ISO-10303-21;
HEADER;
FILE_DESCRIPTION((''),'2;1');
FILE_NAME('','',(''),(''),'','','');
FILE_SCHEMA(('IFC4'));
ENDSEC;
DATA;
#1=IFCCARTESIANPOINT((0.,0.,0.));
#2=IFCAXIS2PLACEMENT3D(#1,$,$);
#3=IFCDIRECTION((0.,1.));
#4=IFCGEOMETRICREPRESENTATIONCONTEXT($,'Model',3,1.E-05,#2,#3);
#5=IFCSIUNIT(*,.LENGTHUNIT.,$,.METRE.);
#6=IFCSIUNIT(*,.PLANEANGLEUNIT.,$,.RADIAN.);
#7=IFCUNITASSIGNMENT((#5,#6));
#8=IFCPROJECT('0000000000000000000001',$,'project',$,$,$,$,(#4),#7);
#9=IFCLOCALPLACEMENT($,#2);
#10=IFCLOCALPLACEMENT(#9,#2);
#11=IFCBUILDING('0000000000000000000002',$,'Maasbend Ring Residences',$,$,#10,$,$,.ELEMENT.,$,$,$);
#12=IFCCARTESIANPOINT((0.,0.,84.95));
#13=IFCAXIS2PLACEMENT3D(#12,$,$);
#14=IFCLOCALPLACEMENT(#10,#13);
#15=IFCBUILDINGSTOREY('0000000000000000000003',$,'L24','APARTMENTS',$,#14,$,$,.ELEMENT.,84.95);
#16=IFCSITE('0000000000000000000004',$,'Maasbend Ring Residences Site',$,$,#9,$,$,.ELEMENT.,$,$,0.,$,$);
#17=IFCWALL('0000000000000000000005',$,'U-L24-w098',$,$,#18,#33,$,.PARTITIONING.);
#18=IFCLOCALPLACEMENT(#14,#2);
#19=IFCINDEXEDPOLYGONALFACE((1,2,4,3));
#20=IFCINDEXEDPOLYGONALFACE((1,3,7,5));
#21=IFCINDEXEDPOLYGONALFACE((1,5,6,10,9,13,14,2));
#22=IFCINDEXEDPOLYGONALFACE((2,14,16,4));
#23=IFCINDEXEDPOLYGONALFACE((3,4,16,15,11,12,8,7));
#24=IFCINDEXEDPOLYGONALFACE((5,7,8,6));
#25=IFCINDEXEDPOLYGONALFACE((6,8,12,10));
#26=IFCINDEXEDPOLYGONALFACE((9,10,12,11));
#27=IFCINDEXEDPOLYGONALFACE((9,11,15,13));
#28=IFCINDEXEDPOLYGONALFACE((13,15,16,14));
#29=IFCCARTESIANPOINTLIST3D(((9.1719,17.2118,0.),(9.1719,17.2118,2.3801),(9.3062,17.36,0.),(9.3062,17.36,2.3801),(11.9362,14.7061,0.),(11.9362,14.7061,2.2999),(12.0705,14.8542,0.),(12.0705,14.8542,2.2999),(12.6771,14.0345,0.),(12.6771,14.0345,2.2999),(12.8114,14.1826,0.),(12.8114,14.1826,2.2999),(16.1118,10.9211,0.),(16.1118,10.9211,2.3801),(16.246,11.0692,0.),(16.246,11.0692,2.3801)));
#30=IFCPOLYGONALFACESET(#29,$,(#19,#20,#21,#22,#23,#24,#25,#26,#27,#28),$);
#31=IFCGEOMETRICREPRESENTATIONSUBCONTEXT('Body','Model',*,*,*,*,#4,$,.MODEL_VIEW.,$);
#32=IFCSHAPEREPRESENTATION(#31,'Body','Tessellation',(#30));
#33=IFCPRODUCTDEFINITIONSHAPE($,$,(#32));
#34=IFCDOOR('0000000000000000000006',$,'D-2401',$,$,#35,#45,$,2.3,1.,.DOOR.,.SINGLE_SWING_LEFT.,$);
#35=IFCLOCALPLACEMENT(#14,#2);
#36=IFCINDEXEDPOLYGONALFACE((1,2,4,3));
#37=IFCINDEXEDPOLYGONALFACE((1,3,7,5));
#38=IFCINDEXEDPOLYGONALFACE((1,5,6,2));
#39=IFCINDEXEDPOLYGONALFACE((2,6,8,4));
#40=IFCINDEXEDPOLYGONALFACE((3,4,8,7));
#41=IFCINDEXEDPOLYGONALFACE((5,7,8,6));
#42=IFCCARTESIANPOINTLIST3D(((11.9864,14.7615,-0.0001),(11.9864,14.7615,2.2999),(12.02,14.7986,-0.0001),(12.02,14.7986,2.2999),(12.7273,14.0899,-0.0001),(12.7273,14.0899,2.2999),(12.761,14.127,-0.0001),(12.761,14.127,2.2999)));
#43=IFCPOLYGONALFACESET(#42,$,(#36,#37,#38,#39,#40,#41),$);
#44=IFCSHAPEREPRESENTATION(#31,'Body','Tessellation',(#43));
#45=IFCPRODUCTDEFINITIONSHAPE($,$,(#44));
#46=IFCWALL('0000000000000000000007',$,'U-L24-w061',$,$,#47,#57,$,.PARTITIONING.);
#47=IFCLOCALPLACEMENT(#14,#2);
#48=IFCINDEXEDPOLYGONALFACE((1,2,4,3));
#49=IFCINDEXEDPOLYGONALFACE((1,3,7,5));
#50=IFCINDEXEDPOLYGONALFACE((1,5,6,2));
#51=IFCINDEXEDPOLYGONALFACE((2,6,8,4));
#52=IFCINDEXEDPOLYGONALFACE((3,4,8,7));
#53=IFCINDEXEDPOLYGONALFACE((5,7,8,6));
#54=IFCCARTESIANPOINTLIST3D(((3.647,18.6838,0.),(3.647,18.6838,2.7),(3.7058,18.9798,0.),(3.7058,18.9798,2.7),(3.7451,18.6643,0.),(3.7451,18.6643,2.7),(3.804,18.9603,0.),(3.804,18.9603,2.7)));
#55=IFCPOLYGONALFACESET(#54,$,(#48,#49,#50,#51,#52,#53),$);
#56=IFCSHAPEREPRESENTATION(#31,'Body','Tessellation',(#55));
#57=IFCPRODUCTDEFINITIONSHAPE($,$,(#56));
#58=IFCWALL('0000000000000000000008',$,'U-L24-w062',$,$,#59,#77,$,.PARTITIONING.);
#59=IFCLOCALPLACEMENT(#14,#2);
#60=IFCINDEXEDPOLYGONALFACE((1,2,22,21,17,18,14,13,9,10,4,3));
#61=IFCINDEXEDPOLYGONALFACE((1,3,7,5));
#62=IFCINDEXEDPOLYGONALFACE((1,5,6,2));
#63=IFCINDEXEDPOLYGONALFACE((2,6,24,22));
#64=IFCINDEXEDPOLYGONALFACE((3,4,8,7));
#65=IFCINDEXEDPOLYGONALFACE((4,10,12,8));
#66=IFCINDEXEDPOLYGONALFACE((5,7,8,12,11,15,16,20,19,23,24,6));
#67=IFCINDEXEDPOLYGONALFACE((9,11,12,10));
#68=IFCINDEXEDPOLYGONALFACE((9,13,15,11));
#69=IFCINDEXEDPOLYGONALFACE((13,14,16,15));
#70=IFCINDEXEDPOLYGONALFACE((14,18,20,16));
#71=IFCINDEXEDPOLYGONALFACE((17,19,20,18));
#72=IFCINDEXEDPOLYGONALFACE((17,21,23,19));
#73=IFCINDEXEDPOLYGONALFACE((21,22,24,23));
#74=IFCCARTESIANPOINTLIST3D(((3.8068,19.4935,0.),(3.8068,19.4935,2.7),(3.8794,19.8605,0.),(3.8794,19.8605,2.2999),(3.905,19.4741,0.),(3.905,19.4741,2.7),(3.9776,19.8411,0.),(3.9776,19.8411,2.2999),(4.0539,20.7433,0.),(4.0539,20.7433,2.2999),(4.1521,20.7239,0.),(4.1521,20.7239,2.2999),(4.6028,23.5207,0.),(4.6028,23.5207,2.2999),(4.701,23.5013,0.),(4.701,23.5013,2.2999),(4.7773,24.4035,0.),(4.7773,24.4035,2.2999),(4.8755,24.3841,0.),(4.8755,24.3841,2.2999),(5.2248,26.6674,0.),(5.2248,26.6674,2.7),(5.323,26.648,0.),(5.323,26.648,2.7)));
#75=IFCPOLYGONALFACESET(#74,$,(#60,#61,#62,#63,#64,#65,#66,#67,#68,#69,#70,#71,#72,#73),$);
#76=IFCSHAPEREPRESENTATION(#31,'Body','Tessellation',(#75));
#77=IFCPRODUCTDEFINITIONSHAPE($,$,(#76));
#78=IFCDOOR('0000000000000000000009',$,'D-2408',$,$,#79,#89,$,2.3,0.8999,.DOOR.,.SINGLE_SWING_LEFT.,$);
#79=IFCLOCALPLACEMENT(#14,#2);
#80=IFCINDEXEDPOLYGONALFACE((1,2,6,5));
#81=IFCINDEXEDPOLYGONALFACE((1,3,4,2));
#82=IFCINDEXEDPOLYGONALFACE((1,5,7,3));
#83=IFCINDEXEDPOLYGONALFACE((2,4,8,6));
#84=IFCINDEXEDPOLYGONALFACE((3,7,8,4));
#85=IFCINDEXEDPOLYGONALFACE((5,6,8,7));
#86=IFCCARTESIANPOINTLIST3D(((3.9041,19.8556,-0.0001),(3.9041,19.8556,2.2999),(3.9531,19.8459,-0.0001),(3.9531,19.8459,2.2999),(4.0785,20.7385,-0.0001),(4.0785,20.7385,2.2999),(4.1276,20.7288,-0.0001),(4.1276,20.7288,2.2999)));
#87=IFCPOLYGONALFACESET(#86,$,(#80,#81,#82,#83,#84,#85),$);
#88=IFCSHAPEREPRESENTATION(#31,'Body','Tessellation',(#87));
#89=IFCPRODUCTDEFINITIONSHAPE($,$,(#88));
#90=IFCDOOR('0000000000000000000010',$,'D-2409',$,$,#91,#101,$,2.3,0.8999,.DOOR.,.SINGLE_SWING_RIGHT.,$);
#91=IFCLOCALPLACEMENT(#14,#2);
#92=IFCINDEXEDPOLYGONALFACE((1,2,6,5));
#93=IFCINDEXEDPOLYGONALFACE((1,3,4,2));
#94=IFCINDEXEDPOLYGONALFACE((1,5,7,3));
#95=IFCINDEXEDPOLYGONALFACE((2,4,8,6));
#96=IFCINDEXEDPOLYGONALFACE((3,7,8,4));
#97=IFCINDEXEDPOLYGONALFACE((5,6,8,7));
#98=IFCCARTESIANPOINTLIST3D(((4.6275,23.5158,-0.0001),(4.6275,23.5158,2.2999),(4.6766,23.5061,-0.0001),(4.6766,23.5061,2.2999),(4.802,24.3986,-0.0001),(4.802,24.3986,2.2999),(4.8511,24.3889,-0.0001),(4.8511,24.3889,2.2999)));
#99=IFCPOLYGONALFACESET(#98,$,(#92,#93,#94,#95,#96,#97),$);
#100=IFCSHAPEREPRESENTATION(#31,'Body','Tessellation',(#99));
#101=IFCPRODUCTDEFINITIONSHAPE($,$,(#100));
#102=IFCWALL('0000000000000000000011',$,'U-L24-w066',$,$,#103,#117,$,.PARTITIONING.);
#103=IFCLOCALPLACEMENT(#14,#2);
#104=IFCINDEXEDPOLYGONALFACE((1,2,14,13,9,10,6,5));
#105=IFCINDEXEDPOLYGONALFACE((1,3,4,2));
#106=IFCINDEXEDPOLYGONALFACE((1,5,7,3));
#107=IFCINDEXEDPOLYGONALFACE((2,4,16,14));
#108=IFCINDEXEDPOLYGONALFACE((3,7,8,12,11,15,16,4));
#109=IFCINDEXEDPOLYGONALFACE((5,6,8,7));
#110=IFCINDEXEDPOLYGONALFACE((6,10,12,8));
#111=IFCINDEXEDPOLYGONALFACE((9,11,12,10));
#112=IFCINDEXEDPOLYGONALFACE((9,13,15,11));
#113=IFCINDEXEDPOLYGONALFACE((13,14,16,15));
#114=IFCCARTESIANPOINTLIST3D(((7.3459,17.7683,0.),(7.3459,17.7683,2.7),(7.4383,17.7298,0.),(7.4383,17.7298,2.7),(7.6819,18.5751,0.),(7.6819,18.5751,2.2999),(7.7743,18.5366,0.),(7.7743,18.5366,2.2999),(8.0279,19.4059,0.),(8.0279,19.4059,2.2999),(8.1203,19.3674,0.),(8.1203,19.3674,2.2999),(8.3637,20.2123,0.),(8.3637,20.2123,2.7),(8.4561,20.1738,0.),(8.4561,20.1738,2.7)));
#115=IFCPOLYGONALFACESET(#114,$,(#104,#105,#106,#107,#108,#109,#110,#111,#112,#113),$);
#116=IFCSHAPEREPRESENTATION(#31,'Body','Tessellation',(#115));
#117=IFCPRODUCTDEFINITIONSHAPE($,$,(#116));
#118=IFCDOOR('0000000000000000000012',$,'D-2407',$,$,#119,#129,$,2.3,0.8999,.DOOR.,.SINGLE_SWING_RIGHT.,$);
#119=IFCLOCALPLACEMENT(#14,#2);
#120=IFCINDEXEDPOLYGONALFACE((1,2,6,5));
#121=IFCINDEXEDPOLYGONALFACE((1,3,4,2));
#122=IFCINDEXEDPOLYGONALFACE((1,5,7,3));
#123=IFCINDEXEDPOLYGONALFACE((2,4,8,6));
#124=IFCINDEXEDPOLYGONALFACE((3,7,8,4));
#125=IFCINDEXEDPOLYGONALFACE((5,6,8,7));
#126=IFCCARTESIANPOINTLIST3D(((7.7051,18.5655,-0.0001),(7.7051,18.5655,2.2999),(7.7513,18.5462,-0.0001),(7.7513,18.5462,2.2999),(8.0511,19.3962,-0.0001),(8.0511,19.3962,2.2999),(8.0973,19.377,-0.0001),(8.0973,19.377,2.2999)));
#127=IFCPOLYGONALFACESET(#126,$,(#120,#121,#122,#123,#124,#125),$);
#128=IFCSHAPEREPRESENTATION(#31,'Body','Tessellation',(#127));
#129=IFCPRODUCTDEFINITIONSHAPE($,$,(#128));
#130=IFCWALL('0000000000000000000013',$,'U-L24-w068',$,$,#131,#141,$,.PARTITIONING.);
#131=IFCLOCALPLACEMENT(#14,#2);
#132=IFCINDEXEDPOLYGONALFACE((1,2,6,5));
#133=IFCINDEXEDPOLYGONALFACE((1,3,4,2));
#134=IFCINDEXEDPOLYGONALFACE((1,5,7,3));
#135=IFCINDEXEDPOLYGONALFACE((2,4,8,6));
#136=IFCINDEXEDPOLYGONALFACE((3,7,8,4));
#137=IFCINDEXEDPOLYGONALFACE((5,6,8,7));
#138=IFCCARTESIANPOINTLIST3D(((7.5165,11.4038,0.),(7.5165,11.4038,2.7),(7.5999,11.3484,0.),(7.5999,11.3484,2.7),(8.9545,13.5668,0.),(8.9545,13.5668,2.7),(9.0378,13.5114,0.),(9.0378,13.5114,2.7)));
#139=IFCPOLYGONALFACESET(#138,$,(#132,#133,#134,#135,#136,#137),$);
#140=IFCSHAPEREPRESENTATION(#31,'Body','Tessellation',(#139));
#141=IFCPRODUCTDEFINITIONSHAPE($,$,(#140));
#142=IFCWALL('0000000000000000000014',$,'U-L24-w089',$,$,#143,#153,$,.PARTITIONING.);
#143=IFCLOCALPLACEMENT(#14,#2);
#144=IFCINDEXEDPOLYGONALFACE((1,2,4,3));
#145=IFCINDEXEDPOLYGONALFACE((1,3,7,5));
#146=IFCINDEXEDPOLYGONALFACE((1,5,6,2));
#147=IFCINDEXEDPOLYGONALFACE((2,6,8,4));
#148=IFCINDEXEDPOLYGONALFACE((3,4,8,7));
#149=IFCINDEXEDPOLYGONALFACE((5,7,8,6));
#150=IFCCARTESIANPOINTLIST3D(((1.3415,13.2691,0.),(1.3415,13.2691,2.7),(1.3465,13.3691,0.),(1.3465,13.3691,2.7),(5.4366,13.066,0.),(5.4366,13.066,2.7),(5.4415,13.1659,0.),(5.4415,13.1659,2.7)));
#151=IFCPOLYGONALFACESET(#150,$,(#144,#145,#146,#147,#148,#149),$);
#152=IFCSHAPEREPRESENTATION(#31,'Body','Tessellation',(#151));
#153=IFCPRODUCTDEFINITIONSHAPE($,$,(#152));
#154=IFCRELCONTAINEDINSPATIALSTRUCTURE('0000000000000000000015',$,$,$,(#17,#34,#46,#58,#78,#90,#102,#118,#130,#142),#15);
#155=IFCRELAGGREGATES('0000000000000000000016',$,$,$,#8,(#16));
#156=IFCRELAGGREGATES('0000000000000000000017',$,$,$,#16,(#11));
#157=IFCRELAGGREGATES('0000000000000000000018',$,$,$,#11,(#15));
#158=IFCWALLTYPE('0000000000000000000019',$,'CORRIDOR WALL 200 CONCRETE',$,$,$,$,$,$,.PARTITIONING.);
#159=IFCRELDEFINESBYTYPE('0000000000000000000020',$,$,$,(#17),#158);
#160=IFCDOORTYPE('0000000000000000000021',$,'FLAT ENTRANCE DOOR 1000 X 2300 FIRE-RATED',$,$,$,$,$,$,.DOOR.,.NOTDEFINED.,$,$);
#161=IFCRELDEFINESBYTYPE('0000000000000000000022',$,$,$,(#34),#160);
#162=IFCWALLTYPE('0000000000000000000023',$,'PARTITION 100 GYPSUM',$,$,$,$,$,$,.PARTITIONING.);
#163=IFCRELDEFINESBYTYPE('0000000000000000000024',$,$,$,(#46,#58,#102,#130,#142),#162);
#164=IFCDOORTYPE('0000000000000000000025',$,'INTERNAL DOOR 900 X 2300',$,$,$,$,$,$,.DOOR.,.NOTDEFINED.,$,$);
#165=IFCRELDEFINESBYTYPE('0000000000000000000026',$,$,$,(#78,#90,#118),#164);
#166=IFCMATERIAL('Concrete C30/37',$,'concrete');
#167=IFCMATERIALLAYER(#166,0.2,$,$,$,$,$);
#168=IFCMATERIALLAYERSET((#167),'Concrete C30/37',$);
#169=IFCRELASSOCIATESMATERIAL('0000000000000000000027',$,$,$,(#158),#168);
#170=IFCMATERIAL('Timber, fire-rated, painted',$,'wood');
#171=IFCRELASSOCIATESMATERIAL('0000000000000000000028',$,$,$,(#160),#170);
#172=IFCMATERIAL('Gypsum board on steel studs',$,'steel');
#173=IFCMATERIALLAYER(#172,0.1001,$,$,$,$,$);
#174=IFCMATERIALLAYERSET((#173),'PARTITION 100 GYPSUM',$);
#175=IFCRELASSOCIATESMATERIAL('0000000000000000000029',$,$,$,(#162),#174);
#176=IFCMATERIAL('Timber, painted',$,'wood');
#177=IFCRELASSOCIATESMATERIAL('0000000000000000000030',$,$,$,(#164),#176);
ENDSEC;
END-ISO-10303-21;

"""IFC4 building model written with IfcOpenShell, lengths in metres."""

from ifc_helpers import new_model, si_unit, direction, frame, frame_2d, origin, place, context, subcontext, project, spatial, rectangle, extrude, material, layer, layer_set, type_object, element, fill, save


model = new_model("IFC4")

# Units and contexts
model_context = context("Model", 3, precision=1e-05, world=origin(), true_north=direction((0.0, 1.0)))
body_context = subcontext(model_context, "Body", "Model", "MODEL_VIEW")
ifc_project = project(units=[si_unit("LENGTHUNIT", "METRE"), si_unit("PLANEANGLEUNIT", "RADIAN")], contexts=[model_context])

# Site, building, storey
site_placement = place(None, origin())
site = spatial("IfcSite", under=ifc_project, at=site_placement, Name="Maasbend Ring Residences Site", CompositionType="ELEMENT", RefElevation=0.0)
building_placement = place(site_placement, origin())
building = spatial("IfcBuilding", under=site, at=building_placement, Name="Maasbend Ring Residences", CompositionType="ELEMENT")
storey_placement = place(building_placement, frame((0.0, 0.0, 84.95)))
storey = spatial("IfcBuildingStorey", under=building, at=storey_placement, Name="L24", Description="APARTMENTS", CompositionType="ELEMENT", Elevation=84.95)

# Wall, opening, door
ifc_material_1 = material(Name="Concrete C30/37", Category="concrete")
ifc_layer_1 = layer(ifc_material_1, 0.2)
ifc_layer_set_1 = layer_set([ifc_layer_1], Name="Concrete C30/37")
wall_type_1 = type_object("IfcWallType", Name="CORRIDOR WALL 200 CONCRETE", PredefinedType="PARTITIONING", material=ifc_layer_set_1)
ifc_material_2 = material(Name="Timber, fire-rated, painted", Category="wood")
door_type_1 = type_object("IfcDoorType", Name="FLAT ENTRANCE DOOR 1000 X 2300 FIRE-RATED", OperationType="NOTDEFINED", PredefinedType="DOOR", material=ifc_material_2)
wall_1_placement = place(storey_placement, frame((9.239, 17.2859, 0.0), z_axis=(0.0, 0.0, 1.0), x_axis=(0.74091, -0.671604, 0.0)))
wall_1 = element("IfcWall", 1, at=wall_1_placement, inside=storey, type_object=wall_type_1, Name="U-L24-w098", PredefinedType="PARTITIONING", context=body_context, shape_type="SweptSolid", body=[
    extrude(rectangle(XDim=9.3667, YDim=0.2, at=frame_2d((4.6833, 0.0))), origin(), (0.0, 0.0, 1.0), 2.3801),
])
opening_1_placement = place(wall_1_placement, frame((3.731, 0.0, 0.0)))
opening_1 = element("IfcOpeningElement", 2, at=opening_1_placement, cuts=wall_1, PredefinedType="OPENING", context=body_context, shape_type="SweptSolid", body=[
    extrude(rectangle(XDim=1.0, YDim=2.3, at=frame_2d((0.5, 1.1499))), frame((0.0, 0.1099, 0.0), z_axis=(0.0, -1.0, 0.0), x_axis=(1.0, 0.0, 0.0)), (0.0, 0.0, 1.0), 0.22),
])
door_1_placement = place(opening_1_placement, origin())
door_1 = element("IfcDoor", 3, at=door_1_placement, inside=storey, type_object=door_type_1, Name="D-2401", OperationType="SINGLE_SWING_LEFT", OverallHeight=2.3, OverallWidth=1.0, PredefinedType="DOOR", context=body_context, shape_type="SweptSolid", body=[
    extrude(rectangle(XDim=1.0, YDim=2.3, at=frame_2d((0.5, 1.1499))), frame((0.0, 0.0249, 0.0), z_axis=(0.0, -1.0, 0.0), x_axis=(1.0, 0.0, 0.0)), (0.0, 0.0, 1.0), 0.05),
])
fill(opening_1, door_1)

# Wall
ifc_material_3 = material(Name="Gypsum board on steel studs", Category="steel")
ifc_layer_2 = layer(ifc_material_3, 0.1001)
ifc_layer_set_2 = layer_set([ifc_layer_2], Name="PARTITION 100 GYPSUM")
wall_type_2 = type_object("IfcWallType", Name="PARTITION 100 GYPSUM", PredefinedType="PARTITIONING", material=ifc_layer_set_2)
wall_2_placement = place(storey_placement, frame((3.696, 18.6741, 0.0), z_axis=(0.0, 0.0, 1.0), x_axis=(0.195027, 0.980798, 0.0)))
element("IfcWall", 4, at=wall_2_placement, inside=storey, type_object=wall_type_2, Name="U-L24-w061", PredefinedType="PARTITIONING", context=body_context, shape_type="SweptSolid", body=[
    extrude(rectangle(XDim=0.3018, YDim=0.1001, at=frame_2d((0.1509, 0.0))), origin(), (0.0, 0.0, 1.0), 2.7),
])

# Wall, openings, doors
wall_3_placement = place(storey_placement, frame((3.856, 19.4839, 0.0), z_axis=(0.0, 0.0, 1.0), x_axis=(0.193901, 0.981021, 0.0)))
wall_3 = element("IfcWall", 5, at=wall_3_placement, inside=storey, type_object=wall_type_2, Name="U-L24-w062", PredefinedType="PARTITIONING", context=body_context, shape_type="SweptSolid", body=[
    extrude(rectangle(XDim=7.3127, YDim=0.1001, at=frame_2d((3.6562, 0.0))), origin(), (0.0, 0.0, 1.0), 2.7),
])
opening_2_placement = place(wall_3_placement, frame((0.374, 0.0, 0.0)))
opening_2 = element("IfcOpeningElement", 6, at=opening_2_placement, cuts=wall_3, PredefinedType="OPENING", context=body_context, shape_type="SweptSolid", body=[
    extrude(rectangle(XDim=0.8999, YDim=2.3, at=frame_2d((0.45, 1.1499))), frame((0.0, 0.0601, 0.0), z_axis=(0.0, -1.0, 0.0), x_axis=(1.0, 0.0, 0.0)), (0.0, 0.0, 1.0), 0.1201),
])
opening_3_placement = place(wall_3_placement, frame((4.105, 0.0, 0.0)))
opening_3 = element("IfcOpeningElement", 7, at=opening_3_placement, cuts=wall_3, PredefinedType="OPENING", context=body_context, shape_type="SweptSolid", body=[
    extrude(rectangle(XDim=0.8999, YDim=2.3, at=frame_2d((0.45, 1.1499))), frame((0.0, 0.0601, 0.0), z_axis=(0.0, -1.0, 0.0), x_axis=(1.0, 0.0, 0.0)), (0.0, 0.0, 1.0), 0.1201),
])
ifc_material_4 = material(Name="Timber, painted", Category="wood")
door_type_2 = type_object("IfcDoorType", Name="INTERNAL DOOR 900 X 2300", OperationType="NOTDEFINED", PredefinedType="DOOR", material=ifc_material_4)
door_2_placement = place(opening_2_placement, origin())
door_2 = element("IfcDoor", 8, at=door_2_placement, inside=storey, type_object=door_type_2, Name="D-2408", OperationType="SINGLE_SWING_LEFT", OverallHeight=2.3, OverallWidth=0.8999, PredefinedType="DOOR", context=body_context, shape_type="SweptSolid", body=[
    extrude(rectangle(XDim=0.8999, YDim=2.3, at=frame_2d((0.45, 1.1499))), frame((0.0, 0.0249, 0.0), z_axis=(0.0, -1.0, 0.0), x_axis=(1.0, 0.0, 0.0)), (0.0, 0.0, 1.0), 0.05),
])
fill(opening_2, door_2)
door_3_placement = place(opening_3_placement, origin())
door_3 = element("IfcDoor", 9, at=door_3_placement, inside=storey, type_object=door_type_2, Name="D-2409", OperationType="SINGLE_SWING_RIGHT", OverallHeight=2.3, OverallWidth=0.8999, PredefinedType="DOOR", context=body_context, shape_type="SweptSolid", body=[
    extrude(rectangle(XDim=0.8999, YDim=2.3, at=frame_2d((0.45, 1.1499))), frame((0.0, 0.0249, 0.0), z_axis=(0.0, -1.0, 0.0), x_axis=(1.0, 0.0, 0.0)), (0.0, 0.0, 1.0), 0.05),
])
fill(opening_3, door_3)

# Wall, opening, door
wall_4_placement = place(storey_placement, frame((7.3921, 17.749, 0.0), z_axis=(0.0, 0.0, 1.0), x_axis=(0.384439, 0.923151, 0.0)))
wall_4 = element("IfcWall", 10, at=wall_4_placement, inside=storey, type_object=wall_type_2, Name="U-L24-w066", PredefinedType="PARTITIONING", context=body_context, shape_type="SweptSolid", body=[
    extrude(rectangle(XDim=2.6475, YDim=0.1001, at=frame_2d((1.3237, 0.0))), origin(), (0.0, 0.0, 1.0), 2.7),
])
opening_4_placement = place(wall_4_placement, frame((0.874, 0.0, 0.0)))
opening_4 = element("IfcOpeningElement", 11, at=opening_4_placement, cuts=wall_4, PredefinedType="OPENING", context=body_context, shape_type="SweptSolid", body=[
    extrude(rectangle(XDim=0.8999, YDim=2.3, at=frame_2d((0.45, 1.1499))), frame((0.0, 0.0601, 0.0), z_axis=(0.0, -1.0, 0.0), x_axis=(1.0, 0.0, 0.0)), (0.0, 0.0, 1.0), 0.1201),
])
door_4_placement = place(opening_4_placement, origin())
door_4 = element("IfcDoor", 12, at=door_4_placement, inside=storey, type_object=door_type_2, Name="D-2407", OperationType="SINGLE_SWING_RIGHT", OverallHeight=2.3, OverallWidth=0.8999, PredefinedType="DOOR", context=body_context, shape_type="SweptSolid", body=[
    extrude(rectangle(XDim=0.8999, YDim=2.3, at=frame_2d((0.45, 1.1499))), frame((0.0, 0.0249, 0.0), z_axis=(0.0, -1.0, 0.0), x_axis=(1.0, 0.0, 0.0)), (0.0, 0.0, 1.0), 0.05),
])
fill(opening_4, door_4)

# Walls
wall_5_placement = place(storey_placement, frame((7.5581, 11.376, 0.0), z_axis=(0.0, 0.0, 1.0), x_axis=(0.553615, 0.832773, 0.0)))
element("IfcWall", 13, at=wall_5_placement, inside=storey, type_object=wall_type_2, Name="U-L24-w068", PredefinedType="PARTITIONING", context=body_context, shape_type="SweptSolid", body=[
    extrude(rectangle(XDim=2.5974, YDim=0.1001, at=frame_2d((1.2988, 0.0))), origin(), (0.0, 0.0, 1.0), 2.7),
])
wall_6_placement = place(storey_placement, frame((1.344, 13.3191, 0.0), z_axis=(0.0, 0.0, 1.0), x_axis=(0.998772, -0.049543, 0.0)))
element("IfcWall", 14, at=wall_6_placement, inside=storey, type_object=wall_type_2, Name="U-L24-w089", PredefinedType="PARTITIONING", context=body_context, shape_type="SweptSolid", body=[
    extrude(rectangle(XDim=4.1001, YDim=0.1001, at=frame_2d((2.05, 0.0))), origin(), (0.0, 0.0, 1.0), 2.7),
])

save(model, "model.ifc")
